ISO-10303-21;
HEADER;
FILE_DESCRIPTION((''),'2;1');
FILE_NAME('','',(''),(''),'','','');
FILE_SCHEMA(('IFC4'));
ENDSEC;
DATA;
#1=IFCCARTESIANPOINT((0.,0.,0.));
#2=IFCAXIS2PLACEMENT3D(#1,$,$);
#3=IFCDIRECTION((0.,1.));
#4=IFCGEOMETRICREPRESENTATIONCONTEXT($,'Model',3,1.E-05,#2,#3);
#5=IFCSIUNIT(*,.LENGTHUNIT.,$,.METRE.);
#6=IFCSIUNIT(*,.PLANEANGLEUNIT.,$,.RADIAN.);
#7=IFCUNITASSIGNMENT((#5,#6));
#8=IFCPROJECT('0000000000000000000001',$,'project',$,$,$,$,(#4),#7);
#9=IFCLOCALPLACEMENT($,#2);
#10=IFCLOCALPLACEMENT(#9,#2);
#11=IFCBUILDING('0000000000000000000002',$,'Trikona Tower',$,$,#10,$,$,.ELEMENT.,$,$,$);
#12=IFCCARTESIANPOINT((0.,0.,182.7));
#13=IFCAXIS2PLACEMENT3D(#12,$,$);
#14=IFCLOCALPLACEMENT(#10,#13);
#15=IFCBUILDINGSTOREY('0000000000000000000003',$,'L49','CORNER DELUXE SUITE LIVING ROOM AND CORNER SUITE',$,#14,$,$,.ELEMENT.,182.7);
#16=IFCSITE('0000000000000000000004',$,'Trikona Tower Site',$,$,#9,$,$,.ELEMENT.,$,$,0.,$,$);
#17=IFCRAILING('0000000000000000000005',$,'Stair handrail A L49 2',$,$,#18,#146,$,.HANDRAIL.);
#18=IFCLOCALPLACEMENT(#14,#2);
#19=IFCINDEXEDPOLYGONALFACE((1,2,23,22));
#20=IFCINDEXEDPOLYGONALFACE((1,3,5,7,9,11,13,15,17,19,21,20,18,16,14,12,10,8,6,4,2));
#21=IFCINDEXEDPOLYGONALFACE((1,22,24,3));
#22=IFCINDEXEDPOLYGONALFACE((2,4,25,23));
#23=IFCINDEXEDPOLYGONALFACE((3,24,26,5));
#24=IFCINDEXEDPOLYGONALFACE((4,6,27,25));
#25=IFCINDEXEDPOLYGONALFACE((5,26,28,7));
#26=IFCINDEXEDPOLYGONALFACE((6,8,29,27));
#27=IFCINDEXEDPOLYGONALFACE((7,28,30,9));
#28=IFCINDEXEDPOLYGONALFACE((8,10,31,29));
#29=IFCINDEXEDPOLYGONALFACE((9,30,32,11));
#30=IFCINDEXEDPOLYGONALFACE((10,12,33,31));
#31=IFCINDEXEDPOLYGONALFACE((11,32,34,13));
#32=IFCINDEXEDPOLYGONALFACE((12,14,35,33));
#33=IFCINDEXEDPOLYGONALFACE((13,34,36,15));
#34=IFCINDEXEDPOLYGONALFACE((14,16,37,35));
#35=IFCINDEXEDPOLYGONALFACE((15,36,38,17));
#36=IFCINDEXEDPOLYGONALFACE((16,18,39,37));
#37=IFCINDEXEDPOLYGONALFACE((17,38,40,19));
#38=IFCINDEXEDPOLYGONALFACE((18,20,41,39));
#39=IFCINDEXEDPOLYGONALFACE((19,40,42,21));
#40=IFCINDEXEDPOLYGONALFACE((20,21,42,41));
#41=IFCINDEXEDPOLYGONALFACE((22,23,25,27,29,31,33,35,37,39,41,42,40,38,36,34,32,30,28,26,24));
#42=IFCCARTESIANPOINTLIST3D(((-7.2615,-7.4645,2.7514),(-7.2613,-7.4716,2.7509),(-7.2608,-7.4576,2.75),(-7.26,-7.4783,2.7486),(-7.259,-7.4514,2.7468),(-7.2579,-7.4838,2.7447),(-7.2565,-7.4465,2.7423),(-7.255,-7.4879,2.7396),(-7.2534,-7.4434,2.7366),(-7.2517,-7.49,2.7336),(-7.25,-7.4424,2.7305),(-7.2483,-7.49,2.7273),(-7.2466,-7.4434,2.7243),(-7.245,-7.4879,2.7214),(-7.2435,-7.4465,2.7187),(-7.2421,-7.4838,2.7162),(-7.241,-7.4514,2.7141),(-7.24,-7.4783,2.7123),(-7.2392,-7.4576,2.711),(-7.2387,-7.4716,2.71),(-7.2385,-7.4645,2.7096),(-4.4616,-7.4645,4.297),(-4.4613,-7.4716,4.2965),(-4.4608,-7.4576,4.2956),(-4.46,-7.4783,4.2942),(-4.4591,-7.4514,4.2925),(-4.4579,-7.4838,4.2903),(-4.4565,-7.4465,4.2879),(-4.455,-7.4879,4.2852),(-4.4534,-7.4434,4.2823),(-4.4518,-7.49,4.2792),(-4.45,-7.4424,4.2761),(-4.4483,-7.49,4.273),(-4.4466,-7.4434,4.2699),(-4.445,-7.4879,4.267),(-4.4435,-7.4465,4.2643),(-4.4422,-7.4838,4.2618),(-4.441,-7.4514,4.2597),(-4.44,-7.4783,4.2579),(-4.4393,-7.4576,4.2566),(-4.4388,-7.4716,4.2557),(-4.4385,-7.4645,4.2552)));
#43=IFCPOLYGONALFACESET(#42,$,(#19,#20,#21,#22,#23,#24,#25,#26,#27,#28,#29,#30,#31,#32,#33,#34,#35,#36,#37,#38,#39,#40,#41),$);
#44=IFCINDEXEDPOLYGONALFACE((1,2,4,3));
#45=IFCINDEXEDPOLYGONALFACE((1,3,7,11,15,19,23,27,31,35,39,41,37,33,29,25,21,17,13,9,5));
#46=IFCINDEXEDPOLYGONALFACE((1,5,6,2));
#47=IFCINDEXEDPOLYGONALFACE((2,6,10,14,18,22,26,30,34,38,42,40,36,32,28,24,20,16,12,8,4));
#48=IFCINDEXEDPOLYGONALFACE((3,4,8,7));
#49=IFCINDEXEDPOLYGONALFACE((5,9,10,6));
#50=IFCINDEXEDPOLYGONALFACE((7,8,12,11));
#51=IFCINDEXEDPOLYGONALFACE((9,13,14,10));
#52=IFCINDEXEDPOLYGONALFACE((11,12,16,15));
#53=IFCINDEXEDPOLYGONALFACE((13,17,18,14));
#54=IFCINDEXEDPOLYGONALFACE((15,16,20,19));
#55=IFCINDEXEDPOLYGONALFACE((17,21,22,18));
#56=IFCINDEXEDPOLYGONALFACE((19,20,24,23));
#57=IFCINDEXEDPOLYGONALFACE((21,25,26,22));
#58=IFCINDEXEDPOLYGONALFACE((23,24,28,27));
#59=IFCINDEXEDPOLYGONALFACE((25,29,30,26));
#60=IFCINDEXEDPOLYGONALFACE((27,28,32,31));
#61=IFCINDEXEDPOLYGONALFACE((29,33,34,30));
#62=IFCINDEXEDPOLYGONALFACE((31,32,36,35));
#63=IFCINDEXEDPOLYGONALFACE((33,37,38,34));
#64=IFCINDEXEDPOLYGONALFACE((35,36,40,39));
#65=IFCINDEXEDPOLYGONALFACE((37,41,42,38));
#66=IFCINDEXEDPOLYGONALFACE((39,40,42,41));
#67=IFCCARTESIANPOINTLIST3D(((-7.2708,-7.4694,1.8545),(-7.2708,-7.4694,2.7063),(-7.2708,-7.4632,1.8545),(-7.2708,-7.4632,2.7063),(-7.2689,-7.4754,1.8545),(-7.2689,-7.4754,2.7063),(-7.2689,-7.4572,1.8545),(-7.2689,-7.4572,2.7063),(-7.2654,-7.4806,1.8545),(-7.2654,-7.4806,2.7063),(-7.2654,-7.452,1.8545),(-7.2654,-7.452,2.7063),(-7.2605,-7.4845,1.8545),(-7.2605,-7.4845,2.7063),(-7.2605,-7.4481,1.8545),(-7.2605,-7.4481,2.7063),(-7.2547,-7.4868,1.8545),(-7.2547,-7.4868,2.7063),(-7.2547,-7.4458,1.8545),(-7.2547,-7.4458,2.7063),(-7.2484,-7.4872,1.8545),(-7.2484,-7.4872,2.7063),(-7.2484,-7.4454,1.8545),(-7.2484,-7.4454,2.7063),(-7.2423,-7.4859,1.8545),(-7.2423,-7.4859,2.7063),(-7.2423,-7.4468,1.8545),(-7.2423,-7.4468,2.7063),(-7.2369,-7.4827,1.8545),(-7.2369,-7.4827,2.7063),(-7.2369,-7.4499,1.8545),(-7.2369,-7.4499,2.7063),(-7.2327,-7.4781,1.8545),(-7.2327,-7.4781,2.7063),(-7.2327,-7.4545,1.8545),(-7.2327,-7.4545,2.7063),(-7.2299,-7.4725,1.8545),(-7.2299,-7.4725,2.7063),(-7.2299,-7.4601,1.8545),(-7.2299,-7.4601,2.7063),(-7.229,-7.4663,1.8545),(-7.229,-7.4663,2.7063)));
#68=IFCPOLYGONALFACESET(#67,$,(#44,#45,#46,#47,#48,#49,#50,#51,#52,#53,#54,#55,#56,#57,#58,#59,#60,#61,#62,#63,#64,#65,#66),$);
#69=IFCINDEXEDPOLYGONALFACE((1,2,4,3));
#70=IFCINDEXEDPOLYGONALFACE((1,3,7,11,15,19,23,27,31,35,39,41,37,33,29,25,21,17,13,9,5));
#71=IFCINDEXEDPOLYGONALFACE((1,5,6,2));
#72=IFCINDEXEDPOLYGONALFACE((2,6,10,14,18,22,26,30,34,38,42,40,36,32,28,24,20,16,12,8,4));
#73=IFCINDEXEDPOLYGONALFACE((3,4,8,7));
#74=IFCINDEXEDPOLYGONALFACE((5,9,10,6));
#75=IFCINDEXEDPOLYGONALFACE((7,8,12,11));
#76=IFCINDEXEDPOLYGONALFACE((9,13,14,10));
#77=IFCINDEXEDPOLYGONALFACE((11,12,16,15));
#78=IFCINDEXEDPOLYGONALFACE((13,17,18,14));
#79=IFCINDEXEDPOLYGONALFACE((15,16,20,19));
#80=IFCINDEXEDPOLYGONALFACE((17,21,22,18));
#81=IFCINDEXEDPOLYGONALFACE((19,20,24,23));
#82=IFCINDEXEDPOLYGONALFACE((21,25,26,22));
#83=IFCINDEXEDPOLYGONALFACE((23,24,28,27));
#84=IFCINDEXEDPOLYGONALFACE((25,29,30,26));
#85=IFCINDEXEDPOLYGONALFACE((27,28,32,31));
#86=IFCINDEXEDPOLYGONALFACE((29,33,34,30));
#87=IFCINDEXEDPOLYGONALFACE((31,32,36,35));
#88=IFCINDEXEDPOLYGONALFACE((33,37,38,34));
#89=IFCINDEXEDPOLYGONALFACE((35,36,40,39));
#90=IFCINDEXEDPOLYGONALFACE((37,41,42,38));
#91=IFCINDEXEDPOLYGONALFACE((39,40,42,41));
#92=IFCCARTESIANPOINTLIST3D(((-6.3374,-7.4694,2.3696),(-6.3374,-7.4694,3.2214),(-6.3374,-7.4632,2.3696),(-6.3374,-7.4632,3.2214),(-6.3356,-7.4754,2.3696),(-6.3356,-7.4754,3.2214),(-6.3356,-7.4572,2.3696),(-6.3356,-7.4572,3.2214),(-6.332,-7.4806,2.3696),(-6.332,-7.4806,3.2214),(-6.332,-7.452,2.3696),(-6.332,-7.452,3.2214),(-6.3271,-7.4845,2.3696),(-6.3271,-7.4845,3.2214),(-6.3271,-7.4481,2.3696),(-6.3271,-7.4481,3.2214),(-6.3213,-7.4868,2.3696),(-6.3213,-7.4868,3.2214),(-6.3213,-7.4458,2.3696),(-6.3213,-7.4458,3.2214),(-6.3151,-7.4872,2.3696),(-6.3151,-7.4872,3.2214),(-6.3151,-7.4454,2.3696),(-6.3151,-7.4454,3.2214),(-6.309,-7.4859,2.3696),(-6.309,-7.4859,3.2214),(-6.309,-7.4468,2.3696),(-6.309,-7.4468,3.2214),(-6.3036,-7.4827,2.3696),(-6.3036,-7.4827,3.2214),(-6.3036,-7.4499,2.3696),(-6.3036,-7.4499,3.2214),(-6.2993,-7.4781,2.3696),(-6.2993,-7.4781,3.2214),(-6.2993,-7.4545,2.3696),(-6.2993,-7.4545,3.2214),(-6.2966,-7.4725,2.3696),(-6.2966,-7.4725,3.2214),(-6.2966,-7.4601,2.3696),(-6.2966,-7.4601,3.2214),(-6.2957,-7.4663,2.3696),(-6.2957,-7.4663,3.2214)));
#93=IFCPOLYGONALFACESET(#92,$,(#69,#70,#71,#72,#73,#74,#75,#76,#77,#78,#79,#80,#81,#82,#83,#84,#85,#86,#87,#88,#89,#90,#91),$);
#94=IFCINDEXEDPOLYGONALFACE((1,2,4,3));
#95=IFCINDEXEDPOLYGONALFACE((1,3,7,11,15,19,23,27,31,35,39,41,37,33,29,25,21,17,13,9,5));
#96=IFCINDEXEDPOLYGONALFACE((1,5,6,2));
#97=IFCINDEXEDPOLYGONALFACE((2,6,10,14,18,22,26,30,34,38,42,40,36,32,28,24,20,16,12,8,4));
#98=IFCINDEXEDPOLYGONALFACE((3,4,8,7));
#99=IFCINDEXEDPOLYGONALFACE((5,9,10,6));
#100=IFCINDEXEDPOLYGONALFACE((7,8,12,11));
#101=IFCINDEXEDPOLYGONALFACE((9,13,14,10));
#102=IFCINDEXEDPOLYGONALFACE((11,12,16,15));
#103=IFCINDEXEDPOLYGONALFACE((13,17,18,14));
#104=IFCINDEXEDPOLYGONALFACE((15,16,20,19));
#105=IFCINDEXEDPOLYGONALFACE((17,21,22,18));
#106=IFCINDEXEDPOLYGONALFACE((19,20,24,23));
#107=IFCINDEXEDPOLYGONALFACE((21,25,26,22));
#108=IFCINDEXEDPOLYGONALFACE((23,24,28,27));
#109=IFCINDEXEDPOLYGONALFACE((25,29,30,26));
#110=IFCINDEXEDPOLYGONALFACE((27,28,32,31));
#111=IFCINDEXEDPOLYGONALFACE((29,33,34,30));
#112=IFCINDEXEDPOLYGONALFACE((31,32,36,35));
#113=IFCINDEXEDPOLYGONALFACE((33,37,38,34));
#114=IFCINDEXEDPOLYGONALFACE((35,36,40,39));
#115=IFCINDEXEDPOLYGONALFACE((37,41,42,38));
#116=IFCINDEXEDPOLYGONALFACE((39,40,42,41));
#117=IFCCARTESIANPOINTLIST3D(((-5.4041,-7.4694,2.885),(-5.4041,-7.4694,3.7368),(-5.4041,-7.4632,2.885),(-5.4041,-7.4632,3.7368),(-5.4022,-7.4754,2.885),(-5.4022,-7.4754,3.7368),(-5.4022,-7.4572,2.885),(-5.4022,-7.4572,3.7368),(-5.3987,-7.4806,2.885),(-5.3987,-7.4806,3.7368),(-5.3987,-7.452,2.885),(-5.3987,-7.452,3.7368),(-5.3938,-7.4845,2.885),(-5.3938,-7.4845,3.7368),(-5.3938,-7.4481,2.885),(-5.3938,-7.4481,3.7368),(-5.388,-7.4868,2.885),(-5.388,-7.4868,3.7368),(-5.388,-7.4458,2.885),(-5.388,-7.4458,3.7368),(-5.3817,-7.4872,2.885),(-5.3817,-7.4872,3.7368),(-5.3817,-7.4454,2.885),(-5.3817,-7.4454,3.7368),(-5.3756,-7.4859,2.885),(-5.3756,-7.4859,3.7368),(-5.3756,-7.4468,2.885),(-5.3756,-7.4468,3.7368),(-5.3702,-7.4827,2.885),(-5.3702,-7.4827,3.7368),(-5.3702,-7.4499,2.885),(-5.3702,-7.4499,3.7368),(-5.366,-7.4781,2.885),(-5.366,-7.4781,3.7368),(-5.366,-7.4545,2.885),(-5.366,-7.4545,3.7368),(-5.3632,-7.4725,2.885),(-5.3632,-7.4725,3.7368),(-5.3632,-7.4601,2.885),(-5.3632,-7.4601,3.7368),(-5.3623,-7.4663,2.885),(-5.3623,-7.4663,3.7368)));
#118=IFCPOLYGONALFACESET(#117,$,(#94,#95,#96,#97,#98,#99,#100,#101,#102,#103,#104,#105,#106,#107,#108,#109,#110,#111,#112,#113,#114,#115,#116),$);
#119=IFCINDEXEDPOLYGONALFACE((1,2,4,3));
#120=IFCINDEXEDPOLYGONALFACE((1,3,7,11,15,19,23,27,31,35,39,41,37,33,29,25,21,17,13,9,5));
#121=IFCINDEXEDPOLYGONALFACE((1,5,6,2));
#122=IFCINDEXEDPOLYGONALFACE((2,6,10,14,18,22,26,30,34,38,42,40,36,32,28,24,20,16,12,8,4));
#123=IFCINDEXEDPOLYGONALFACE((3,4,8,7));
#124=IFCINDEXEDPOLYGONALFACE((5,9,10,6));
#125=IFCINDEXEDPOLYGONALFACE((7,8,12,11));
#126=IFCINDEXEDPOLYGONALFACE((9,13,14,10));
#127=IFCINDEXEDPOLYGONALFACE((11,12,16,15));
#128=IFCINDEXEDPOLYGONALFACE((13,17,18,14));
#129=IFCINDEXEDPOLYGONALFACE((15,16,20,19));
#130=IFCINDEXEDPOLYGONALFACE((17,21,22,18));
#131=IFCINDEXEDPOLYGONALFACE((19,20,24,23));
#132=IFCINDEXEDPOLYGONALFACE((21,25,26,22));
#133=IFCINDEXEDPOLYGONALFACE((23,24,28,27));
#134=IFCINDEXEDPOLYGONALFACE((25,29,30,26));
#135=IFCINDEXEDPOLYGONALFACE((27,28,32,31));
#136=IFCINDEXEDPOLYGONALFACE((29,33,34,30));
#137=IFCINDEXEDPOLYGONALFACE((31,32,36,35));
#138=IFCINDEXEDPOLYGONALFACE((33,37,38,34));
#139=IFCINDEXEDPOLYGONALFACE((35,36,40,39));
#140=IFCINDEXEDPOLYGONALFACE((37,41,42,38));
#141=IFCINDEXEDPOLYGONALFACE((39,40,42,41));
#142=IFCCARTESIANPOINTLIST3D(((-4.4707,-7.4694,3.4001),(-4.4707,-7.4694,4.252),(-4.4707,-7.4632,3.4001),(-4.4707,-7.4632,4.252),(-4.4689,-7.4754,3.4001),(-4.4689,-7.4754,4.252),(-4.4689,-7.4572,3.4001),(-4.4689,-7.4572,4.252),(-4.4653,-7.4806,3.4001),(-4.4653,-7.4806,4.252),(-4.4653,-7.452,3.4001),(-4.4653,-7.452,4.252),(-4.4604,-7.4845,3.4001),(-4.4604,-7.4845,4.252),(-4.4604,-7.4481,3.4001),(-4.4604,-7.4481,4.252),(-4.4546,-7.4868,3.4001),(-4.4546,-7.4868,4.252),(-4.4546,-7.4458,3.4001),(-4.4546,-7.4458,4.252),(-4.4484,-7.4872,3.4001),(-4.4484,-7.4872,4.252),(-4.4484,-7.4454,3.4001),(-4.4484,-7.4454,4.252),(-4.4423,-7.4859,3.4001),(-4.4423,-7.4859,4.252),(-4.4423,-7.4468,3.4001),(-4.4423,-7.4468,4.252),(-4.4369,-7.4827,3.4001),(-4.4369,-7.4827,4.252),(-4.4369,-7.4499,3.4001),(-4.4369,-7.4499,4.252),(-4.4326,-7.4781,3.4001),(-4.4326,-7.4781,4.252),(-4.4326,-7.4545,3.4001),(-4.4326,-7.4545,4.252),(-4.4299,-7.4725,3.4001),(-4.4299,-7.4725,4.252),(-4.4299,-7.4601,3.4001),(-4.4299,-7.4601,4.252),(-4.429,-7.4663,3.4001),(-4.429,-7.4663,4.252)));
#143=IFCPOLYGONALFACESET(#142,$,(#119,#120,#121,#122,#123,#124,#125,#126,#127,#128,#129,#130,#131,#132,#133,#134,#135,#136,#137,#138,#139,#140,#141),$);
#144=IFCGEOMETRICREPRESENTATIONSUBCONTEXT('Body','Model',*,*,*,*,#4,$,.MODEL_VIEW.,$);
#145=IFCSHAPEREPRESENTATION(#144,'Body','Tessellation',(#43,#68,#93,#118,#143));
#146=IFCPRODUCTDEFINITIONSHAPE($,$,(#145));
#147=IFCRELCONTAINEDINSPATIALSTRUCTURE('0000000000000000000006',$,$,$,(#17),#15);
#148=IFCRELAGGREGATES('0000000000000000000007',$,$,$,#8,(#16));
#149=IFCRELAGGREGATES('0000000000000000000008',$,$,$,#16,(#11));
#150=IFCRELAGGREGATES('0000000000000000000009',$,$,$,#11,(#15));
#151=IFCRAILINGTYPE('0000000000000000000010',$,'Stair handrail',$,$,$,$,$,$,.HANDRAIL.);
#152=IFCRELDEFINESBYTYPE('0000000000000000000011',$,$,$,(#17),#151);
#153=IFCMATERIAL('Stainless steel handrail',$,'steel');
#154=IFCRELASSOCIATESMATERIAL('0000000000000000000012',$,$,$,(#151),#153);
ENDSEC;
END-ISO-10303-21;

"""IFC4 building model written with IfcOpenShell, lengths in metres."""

from ifc_helpers import new_model, si_unit, direction, frame, origin, origin_2d, place, context, subcontext, project, spatial, circle, extrude, material, type_object, element, save


model = new_model("IFC4")

# Units and contexts
model_context = context("Model", 3, precision=1e-05, world=origin(), true_north=direction((0.0, 1.0)))
body_context = subcontext(model_context, "Body", "Model", "MODEL_VIEW")
ifc_project = project(units=[si_unit("LENGTHUNIT", "METRE"), si_unit("PLANEANGLEUNIT", "RADIAN")], contexts=[model_context])

# Site, building, storey
site_placement = place(None, origin())
site = spatial("IfcSite", under=ifc_project, at=site_placement, Name="Trikona Tower Site", CompositionType="ELEMENT", RefElevation=0.0)
building_placement = place(site_placement, origin())
building = spatial("IfcBuilding", under=site, at=building_placement, Name="Trikona Tower", CompositionType="ELEMENT")
storey_placement = place(building_placement, frame((0.0, 0.0, 182.7)))
storey = spatial("IfcBuildingStorey", under=building, at=storey_placement, Name="L49", Description="CORNER DELUXE SUITE LIVING ROOM AND CORNER SUITE", CompositionType="ELEMENT", Elevation=182.7)

# Railing
ifc_material_1 = material(Name="Stainless steel handrail", Category="steel")
railing_type = type_object("IfcRailingType", Name="Stair handrail", PredefinedType="HANDRAIL", material=ifc_material_1)
railing_1_placement = place(storey_placement, frame((-7.25, -7.4663, 1.8545)))
element("IfcRailing", 1, at=railing_1_placement, inside=storey, type_object=railing_type, Name="Stair handrail A L49 2", PredefinedType="HANDRAIL", context=body_context, shape_type="SweptSolid", body=[
    extrude(circle(Radius=0.0239, at=origin_2d()), frame((0.0, 0.0, 0.876), z_axis=(0.875472, 0.0, 0.483269), x_axis=(0.0, 1.0, 0.0)), (0.0, 0.0, 1.0), 3.1982),
    extrude(circle(Radius=0.021, at=origin_2d()), origin(), (0.0, 0.0, 1.0), 0.8518),
    extrude(circle(Radius=0.021, at=origin_2d()), frame((0.9333, 0.0, 0.5151)), (0.0, 0.0, 1.0), 0.8518),
    extrude(circle(Radius=0.021, at=origin_2d()), frame((1.8667, 0.0, 1.0305)), (0.0, 0.0, 1.0), 0.8518),
    extrude(circle(Radius=0.021, at=origin_2d()), frame((2.8, 0.0, 1.5457)), (0.0, 0.0, 1.0), 0.8518),
])

save(model, "model.ifc")
